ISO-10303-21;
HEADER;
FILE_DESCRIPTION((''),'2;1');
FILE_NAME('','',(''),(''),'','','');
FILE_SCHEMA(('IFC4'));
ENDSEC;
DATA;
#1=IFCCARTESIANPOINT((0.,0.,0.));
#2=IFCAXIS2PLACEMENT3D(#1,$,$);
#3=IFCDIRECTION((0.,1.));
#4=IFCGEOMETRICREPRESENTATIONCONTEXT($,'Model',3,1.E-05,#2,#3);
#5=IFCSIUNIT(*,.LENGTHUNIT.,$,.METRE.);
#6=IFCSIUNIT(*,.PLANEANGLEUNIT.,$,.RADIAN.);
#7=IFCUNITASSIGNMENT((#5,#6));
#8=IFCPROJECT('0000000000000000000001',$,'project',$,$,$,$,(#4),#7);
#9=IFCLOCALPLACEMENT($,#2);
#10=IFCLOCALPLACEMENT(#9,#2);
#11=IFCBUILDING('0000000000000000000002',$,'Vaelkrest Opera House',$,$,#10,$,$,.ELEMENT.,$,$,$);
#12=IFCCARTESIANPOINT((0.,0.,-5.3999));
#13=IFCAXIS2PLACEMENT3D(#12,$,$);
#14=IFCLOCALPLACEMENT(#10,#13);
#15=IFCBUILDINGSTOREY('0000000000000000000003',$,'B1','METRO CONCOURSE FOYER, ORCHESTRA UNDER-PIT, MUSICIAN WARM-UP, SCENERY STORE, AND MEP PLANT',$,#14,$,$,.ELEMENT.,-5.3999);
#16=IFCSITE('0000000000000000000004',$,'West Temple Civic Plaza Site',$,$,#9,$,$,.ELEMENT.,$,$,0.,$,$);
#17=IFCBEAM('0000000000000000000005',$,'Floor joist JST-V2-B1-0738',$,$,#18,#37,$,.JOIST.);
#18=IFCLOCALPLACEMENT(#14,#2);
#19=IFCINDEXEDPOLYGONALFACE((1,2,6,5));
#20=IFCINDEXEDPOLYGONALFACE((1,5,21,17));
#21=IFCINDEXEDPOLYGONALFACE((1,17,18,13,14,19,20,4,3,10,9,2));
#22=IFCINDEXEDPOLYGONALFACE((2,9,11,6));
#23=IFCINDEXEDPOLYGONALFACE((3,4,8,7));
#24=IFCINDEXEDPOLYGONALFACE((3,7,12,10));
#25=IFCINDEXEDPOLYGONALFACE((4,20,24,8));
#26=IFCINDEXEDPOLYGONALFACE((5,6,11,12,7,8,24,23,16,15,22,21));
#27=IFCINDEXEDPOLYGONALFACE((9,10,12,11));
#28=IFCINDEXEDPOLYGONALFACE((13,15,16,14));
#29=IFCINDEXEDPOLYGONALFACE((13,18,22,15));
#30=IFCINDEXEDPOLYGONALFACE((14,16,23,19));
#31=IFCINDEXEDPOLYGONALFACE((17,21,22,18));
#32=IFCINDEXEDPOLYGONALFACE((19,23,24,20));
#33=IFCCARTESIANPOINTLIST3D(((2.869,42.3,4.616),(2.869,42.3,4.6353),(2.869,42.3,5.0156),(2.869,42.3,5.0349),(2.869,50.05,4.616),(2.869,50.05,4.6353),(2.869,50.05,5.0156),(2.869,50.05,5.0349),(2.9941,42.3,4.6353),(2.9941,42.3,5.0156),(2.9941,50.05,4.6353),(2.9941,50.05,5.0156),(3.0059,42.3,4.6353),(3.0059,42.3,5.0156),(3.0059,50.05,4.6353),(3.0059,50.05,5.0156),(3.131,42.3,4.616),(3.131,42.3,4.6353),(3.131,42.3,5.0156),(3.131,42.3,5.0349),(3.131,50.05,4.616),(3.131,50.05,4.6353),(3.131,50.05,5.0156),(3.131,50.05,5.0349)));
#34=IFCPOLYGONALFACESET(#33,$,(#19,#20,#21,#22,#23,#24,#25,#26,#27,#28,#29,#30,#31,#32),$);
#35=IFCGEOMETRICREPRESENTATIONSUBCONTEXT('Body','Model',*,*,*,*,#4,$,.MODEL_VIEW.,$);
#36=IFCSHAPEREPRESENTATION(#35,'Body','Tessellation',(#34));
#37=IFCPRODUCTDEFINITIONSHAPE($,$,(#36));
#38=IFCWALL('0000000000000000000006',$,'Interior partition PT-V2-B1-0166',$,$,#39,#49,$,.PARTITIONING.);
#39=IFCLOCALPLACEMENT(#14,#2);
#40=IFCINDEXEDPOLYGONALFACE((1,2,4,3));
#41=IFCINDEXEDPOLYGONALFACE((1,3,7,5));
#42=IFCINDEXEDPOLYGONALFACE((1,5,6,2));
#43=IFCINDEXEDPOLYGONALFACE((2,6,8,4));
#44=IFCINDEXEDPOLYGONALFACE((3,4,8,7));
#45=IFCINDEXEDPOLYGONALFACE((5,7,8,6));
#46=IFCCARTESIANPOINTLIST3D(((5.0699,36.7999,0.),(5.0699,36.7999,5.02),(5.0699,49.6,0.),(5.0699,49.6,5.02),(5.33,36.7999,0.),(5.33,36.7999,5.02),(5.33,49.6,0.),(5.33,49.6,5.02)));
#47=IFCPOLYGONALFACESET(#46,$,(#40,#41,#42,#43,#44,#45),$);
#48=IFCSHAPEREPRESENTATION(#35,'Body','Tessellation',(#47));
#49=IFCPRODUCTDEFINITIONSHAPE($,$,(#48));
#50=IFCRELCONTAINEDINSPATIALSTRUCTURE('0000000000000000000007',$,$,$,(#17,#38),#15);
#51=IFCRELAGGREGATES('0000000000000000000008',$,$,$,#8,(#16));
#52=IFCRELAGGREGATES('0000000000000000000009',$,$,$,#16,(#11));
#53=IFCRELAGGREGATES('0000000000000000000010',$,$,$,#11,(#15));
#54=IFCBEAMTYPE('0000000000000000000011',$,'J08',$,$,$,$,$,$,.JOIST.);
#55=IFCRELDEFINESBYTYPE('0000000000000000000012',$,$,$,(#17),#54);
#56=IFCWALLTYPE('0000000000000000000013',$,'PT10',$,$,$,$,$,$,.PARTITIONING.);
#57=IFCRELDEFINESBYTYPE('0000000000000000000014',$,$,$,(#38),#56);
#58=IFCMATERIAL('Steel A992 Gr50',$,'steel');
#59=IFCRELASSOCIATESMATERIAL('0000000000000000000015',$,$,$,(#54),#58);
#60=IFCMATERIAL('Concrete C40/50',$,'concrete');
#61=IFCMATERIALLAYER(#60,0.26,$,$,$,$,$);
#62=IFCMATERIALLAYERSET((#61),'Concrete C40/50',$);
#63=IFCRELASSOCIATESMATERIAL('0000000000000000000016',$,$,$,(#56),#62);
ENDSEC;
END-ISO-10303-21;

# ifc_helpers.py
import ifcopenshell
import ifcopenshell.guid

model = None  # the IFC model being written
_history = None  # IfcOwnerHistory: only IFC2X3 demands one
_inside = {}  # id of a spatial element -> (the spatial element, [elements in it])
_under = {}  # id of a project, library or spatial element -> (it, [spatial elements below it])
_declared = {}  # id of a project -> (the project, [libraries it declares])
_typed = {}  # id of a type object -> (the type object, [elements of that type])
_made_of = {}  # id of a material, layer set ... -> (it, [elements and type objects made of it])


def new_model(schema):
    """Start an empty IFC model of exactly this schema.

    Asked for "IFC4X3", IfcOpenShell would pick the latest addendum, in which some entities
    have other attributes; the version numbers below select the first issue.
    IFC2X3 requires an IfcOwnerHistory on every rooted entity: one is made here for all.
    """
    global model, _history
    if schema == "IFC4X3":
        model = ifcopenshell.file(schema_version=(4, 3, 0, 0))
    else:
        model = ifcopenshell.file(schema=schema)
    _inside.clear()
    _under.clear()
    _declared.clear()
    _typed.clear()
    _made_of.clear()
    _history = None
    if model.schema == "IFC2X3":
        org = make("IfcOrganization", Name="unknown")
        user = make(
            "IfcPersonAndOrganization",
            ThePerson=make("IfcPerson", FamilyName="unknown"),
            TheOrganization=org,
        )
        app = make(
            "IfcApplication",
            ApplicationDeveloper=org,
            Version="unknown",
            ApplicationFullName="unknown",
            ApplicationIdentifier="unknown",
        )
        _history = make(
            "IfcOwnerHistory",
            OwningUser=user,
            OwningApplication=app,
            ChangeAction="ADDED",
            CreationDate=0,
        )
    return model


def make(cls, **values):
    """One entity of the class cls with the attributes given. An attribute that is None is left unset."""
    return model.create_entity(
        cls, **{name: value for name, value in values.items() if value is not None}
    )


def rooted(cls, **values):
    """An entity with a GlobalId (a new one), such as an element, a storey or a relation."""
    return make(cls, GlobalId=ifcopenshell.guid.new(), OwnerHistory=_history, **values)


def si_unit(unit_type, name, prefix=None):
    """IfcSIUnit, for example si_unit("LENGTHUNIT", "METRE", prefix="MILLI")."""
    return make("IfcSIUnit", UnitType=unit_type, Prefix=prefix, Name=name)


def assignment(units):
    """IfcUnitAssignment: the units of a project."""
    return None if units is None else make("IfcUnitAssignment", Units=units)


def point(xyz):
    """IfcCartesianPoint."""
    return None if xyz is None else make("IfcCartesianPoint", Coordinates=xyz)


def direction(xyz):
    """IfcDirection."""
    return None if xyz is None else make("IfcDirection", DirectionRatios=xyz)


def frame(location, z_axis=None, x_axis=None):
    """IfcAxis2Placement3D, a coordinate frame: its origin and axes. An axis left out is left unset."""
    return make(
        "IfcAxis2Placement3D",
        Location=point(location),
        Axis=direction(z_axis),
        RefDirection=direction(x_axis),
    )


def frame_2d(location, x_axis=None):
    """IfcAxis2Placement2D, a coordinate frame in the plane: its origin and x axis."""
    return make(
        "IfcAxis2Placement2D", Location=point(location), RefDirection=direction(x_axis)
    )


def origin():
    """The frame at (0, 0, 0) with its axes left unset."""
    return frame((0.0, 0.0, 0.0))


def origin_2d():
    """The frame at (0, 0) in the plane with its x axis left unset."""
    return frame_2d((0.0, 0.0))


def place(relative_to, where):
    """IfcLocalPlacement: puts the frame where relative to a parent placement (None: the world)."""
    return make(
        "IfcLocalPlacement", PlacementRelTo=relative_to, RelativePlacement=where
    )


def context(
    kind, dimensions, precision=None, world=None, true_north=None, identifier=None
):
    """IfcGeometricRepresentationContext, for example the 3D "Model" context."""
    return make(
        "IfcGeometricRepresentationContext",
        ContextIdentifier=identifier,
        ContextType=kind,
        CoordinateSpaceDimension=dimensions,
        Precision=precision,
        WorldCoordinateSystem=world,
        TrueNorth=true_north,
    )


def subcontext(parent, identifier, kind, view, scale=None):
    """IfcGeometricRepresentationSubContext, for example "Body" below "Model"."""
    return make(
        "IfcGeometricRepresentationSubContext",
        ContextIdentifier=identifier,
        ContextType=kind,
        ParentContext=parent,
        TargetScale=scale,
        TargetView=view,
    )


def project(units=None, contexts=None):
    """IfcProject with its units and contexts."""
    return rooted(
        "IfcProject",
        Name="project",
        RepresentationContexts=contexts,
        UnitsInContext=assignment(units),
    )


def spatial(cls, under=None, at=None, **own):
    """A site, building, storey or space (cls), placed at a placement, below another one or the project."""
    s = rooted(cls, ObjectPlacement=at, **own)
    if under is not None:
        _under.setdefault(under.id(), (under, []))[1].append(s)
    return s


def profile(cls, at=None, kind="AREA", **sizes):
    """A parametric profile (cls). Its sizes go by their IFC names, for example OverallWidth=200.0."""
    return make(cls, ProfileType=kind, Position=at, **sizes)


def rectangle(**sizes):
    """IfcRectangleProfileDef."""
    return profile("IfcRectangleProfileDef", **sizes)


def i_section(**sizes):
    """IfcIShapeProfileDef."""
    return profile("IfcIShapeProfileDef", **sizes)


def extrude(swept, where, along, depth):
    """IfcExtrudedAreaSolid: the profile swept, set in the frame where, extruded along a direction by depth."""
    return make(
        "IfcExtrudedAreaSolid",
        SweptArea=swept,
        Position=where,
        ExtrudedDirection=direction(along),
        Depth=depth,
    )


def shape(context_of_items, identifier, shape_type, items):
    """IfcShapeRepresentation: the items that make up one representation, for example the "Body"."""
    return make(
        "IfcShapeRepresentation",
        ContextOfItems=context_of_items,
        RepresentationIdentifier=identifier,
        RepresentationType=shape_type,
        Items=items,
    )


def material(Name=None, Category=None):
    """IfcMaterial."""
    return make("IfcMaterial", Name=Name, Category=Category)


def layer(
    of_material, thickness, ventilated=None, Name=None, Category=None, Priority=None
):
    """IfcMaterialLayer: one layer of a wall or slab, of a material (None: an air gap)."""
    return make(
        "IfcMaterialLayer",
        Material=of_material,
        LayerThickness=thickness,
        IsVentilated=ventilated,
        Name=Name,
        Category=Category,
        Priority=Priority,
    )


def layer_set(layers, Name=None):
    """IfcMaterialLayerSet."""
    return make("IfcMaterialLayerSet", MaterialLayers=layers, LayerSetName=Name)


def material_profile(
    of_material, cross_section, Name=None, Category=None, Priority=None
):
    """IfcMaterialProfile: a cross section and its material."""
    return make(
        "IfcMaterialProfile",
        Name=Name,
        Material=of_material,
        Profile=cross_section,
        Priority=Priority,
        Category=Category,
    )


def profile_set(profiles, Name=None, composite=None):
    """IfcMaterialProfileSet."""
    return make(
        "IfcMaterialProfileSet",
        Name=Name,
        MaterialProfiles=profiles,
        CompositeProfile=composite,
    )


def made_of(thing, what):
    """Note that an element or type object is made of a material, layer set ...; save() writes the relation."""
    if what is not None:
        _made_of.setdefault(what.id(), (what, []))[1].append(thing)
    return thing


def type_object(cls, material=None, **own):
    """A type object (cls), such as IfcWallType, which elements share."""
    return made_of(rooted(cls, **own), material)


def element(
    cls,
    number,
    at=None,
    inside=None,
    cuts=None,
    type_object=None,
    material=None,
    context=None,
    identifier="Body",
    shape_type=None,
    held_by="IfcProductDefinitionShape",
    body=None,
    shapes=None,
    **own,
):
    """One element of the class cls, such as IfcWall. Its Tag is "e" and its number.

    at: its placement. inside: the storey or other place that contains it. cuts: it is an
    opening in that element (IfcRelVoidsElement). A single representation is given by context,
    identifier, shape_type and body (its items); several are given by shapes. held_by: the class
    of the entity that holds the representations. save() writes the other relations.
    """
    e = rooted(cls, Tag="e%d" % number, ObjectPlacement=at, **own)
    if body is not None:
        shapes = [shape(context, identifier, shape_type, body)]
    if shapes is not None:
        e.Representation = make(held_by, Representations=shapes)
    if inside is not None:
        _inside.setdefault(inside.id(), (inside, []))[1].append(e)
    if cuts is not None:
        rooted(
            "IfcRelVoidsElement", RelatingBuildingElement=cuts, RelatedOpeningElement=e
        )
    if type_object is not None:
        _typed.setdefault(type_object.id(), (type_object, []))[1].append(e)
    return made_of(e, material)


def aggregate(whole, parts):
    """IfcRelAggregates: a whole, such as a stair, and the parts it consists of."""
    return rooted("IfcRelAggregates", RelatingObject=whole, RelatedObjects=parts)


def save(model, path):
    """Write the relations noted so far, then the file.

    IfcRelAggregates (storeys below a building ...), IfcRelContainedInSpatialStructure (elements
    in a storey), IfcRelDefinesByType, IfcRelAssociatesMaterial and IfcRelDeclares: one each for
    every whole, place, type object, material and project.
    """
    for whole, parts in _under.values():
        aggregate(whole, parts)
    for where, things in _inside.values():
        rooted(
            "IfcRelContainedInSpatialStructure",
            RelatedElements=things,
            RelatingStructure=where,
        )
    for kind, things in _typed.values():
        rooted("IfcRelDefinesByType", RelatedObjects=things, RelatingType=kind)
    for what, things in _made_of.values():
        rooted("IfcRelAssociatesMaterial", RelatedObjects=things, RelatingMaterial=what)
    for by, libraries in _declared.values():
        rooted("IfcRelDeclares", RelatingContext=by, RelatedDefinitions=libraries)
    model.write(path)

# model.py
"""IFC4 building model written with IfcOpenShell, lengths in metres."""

from ifc_helpers import new_model, si_unit, direction, frame, frame_2d, origin, origin_2d, place, context, subcontext, project, spatial, rectangle, i_section, extrude, material, layer, layer_set, material_profile, profile_set, type_object, element, save


model = new_model("IFC4")

# Units and contexts
model_context = context("Model", 3, precision=1e-05, world=origin(), true_north=direction((0.0, 1.0)))
body_context = subcontext(model_context, "Body", "Model", "MODEL_VIEW")
ifc_project = project(units=[si_unit("LENGTHUNIT", "METRE"), si_unit("PLANEANGLEUNIT", "RADIAN")], contexts=[model_context])

# Site, building, storey
site_placement = place(None, origin())
site = spatial("IfcSite", under=ifc_project, at=site_placement, Name="West Temple Civic Plaza Site", CompositionType="ELEMENT", RefElevation=0.0)
building_placement = place(site_placement, origin())
building = spatial("IfcBuilding", under=site, at=building_placement, Name="Vaelkrest Opera House", CompositionType="ELEMENT")
storey_placement = place(building_placement, frame((0.0, 0.0, -5.3999)))
storey = spatial("IfcBuildingStorey", under=building, at=storey_placement, Name="B1", Description="METRO CONCOURSE FOYER, ORCHESTRA UNDER-PIT, MUSICIAN WARM-UP, SCENERY STORE, AND MEP PLANT", CompositionType="ELEMENT", Elevation=-5.3999)

# Shared definitions
ifc_material_1 = material(Name="Concrete C40/50", Category="concrete")

# Beam
ifc_material_2 = material(Name="Steel A992 Gr50", Category="steel")
ifc_material_profile_1 = material_profile(ifc_material_2, i_section(OverallWidth=0.262, OverallDepth=0.4189, WebThickness=0.0117, FlangeThickness=0.0193, at=origin_2d()), Name="W16X77")
ifc_profile_set_1 = profile_set([ifc_material_profile_1], Name="Steel A992 Gr50")
beam_type_1 = type_object("IfcBeamType", Name="J08", PredefinedType="JOIST", material=ifc_profile_set_1)
beam_1_placement = place(storey_placement, frame((3.0, 42.3, 4.8254), z_axis=(0.0, 1.0, 0.0), x_axis=(-1.0, 0.0, 0.0)))
element("IfcBeam", 1, at=beam_1_placement, inside=storey, type_object=beam_type_1, Name="Floor joist JST-V2-B1-0738", PredefinedType="JOIST", context=body_context, shape_type="SweptSolid", body=[
    extrude(i_section(OverallWidth=0.262, OverallDepth=0.4189, WebThickness=0.0117, FlangeThickness=0.0193, at=origin_2d()), origin(), (0.0, 0.0, 1.0), 7.75),
])

# Wall
ifc_layer = layer(ifc_material_1, 0.26)
ifc_layer_set = layer_set([ifc_layer], Name="Concrete C40/50")
wall_type = type_object("IfcWallType", Name="PT10", PredefinedType="PARTITIONING", material=ifc_layer_set)
wall_placement = place(storey_placement, frame((5.2, 36.8, 0.0), z_axis=(0.0, 0.0, 1.0), x_axis=(0.0, 1.0, 0.0)))
element("IfcWall", 2, at=wall_placement, inside=storey, type_object=wall_type, Name="Interior partition PT-V2-B1-0166", PredefinedType="PARTITIONING", context=body_context, shape_type="SweptSolid", body=[
    extrude(rectangle(XDim=12.8, YDim=0.26, at=frame_2d((6.3999, 0.0))), origin(), (0.0, 0.0, 1.0), 5.02),
])

save(model, "model.ifc")
